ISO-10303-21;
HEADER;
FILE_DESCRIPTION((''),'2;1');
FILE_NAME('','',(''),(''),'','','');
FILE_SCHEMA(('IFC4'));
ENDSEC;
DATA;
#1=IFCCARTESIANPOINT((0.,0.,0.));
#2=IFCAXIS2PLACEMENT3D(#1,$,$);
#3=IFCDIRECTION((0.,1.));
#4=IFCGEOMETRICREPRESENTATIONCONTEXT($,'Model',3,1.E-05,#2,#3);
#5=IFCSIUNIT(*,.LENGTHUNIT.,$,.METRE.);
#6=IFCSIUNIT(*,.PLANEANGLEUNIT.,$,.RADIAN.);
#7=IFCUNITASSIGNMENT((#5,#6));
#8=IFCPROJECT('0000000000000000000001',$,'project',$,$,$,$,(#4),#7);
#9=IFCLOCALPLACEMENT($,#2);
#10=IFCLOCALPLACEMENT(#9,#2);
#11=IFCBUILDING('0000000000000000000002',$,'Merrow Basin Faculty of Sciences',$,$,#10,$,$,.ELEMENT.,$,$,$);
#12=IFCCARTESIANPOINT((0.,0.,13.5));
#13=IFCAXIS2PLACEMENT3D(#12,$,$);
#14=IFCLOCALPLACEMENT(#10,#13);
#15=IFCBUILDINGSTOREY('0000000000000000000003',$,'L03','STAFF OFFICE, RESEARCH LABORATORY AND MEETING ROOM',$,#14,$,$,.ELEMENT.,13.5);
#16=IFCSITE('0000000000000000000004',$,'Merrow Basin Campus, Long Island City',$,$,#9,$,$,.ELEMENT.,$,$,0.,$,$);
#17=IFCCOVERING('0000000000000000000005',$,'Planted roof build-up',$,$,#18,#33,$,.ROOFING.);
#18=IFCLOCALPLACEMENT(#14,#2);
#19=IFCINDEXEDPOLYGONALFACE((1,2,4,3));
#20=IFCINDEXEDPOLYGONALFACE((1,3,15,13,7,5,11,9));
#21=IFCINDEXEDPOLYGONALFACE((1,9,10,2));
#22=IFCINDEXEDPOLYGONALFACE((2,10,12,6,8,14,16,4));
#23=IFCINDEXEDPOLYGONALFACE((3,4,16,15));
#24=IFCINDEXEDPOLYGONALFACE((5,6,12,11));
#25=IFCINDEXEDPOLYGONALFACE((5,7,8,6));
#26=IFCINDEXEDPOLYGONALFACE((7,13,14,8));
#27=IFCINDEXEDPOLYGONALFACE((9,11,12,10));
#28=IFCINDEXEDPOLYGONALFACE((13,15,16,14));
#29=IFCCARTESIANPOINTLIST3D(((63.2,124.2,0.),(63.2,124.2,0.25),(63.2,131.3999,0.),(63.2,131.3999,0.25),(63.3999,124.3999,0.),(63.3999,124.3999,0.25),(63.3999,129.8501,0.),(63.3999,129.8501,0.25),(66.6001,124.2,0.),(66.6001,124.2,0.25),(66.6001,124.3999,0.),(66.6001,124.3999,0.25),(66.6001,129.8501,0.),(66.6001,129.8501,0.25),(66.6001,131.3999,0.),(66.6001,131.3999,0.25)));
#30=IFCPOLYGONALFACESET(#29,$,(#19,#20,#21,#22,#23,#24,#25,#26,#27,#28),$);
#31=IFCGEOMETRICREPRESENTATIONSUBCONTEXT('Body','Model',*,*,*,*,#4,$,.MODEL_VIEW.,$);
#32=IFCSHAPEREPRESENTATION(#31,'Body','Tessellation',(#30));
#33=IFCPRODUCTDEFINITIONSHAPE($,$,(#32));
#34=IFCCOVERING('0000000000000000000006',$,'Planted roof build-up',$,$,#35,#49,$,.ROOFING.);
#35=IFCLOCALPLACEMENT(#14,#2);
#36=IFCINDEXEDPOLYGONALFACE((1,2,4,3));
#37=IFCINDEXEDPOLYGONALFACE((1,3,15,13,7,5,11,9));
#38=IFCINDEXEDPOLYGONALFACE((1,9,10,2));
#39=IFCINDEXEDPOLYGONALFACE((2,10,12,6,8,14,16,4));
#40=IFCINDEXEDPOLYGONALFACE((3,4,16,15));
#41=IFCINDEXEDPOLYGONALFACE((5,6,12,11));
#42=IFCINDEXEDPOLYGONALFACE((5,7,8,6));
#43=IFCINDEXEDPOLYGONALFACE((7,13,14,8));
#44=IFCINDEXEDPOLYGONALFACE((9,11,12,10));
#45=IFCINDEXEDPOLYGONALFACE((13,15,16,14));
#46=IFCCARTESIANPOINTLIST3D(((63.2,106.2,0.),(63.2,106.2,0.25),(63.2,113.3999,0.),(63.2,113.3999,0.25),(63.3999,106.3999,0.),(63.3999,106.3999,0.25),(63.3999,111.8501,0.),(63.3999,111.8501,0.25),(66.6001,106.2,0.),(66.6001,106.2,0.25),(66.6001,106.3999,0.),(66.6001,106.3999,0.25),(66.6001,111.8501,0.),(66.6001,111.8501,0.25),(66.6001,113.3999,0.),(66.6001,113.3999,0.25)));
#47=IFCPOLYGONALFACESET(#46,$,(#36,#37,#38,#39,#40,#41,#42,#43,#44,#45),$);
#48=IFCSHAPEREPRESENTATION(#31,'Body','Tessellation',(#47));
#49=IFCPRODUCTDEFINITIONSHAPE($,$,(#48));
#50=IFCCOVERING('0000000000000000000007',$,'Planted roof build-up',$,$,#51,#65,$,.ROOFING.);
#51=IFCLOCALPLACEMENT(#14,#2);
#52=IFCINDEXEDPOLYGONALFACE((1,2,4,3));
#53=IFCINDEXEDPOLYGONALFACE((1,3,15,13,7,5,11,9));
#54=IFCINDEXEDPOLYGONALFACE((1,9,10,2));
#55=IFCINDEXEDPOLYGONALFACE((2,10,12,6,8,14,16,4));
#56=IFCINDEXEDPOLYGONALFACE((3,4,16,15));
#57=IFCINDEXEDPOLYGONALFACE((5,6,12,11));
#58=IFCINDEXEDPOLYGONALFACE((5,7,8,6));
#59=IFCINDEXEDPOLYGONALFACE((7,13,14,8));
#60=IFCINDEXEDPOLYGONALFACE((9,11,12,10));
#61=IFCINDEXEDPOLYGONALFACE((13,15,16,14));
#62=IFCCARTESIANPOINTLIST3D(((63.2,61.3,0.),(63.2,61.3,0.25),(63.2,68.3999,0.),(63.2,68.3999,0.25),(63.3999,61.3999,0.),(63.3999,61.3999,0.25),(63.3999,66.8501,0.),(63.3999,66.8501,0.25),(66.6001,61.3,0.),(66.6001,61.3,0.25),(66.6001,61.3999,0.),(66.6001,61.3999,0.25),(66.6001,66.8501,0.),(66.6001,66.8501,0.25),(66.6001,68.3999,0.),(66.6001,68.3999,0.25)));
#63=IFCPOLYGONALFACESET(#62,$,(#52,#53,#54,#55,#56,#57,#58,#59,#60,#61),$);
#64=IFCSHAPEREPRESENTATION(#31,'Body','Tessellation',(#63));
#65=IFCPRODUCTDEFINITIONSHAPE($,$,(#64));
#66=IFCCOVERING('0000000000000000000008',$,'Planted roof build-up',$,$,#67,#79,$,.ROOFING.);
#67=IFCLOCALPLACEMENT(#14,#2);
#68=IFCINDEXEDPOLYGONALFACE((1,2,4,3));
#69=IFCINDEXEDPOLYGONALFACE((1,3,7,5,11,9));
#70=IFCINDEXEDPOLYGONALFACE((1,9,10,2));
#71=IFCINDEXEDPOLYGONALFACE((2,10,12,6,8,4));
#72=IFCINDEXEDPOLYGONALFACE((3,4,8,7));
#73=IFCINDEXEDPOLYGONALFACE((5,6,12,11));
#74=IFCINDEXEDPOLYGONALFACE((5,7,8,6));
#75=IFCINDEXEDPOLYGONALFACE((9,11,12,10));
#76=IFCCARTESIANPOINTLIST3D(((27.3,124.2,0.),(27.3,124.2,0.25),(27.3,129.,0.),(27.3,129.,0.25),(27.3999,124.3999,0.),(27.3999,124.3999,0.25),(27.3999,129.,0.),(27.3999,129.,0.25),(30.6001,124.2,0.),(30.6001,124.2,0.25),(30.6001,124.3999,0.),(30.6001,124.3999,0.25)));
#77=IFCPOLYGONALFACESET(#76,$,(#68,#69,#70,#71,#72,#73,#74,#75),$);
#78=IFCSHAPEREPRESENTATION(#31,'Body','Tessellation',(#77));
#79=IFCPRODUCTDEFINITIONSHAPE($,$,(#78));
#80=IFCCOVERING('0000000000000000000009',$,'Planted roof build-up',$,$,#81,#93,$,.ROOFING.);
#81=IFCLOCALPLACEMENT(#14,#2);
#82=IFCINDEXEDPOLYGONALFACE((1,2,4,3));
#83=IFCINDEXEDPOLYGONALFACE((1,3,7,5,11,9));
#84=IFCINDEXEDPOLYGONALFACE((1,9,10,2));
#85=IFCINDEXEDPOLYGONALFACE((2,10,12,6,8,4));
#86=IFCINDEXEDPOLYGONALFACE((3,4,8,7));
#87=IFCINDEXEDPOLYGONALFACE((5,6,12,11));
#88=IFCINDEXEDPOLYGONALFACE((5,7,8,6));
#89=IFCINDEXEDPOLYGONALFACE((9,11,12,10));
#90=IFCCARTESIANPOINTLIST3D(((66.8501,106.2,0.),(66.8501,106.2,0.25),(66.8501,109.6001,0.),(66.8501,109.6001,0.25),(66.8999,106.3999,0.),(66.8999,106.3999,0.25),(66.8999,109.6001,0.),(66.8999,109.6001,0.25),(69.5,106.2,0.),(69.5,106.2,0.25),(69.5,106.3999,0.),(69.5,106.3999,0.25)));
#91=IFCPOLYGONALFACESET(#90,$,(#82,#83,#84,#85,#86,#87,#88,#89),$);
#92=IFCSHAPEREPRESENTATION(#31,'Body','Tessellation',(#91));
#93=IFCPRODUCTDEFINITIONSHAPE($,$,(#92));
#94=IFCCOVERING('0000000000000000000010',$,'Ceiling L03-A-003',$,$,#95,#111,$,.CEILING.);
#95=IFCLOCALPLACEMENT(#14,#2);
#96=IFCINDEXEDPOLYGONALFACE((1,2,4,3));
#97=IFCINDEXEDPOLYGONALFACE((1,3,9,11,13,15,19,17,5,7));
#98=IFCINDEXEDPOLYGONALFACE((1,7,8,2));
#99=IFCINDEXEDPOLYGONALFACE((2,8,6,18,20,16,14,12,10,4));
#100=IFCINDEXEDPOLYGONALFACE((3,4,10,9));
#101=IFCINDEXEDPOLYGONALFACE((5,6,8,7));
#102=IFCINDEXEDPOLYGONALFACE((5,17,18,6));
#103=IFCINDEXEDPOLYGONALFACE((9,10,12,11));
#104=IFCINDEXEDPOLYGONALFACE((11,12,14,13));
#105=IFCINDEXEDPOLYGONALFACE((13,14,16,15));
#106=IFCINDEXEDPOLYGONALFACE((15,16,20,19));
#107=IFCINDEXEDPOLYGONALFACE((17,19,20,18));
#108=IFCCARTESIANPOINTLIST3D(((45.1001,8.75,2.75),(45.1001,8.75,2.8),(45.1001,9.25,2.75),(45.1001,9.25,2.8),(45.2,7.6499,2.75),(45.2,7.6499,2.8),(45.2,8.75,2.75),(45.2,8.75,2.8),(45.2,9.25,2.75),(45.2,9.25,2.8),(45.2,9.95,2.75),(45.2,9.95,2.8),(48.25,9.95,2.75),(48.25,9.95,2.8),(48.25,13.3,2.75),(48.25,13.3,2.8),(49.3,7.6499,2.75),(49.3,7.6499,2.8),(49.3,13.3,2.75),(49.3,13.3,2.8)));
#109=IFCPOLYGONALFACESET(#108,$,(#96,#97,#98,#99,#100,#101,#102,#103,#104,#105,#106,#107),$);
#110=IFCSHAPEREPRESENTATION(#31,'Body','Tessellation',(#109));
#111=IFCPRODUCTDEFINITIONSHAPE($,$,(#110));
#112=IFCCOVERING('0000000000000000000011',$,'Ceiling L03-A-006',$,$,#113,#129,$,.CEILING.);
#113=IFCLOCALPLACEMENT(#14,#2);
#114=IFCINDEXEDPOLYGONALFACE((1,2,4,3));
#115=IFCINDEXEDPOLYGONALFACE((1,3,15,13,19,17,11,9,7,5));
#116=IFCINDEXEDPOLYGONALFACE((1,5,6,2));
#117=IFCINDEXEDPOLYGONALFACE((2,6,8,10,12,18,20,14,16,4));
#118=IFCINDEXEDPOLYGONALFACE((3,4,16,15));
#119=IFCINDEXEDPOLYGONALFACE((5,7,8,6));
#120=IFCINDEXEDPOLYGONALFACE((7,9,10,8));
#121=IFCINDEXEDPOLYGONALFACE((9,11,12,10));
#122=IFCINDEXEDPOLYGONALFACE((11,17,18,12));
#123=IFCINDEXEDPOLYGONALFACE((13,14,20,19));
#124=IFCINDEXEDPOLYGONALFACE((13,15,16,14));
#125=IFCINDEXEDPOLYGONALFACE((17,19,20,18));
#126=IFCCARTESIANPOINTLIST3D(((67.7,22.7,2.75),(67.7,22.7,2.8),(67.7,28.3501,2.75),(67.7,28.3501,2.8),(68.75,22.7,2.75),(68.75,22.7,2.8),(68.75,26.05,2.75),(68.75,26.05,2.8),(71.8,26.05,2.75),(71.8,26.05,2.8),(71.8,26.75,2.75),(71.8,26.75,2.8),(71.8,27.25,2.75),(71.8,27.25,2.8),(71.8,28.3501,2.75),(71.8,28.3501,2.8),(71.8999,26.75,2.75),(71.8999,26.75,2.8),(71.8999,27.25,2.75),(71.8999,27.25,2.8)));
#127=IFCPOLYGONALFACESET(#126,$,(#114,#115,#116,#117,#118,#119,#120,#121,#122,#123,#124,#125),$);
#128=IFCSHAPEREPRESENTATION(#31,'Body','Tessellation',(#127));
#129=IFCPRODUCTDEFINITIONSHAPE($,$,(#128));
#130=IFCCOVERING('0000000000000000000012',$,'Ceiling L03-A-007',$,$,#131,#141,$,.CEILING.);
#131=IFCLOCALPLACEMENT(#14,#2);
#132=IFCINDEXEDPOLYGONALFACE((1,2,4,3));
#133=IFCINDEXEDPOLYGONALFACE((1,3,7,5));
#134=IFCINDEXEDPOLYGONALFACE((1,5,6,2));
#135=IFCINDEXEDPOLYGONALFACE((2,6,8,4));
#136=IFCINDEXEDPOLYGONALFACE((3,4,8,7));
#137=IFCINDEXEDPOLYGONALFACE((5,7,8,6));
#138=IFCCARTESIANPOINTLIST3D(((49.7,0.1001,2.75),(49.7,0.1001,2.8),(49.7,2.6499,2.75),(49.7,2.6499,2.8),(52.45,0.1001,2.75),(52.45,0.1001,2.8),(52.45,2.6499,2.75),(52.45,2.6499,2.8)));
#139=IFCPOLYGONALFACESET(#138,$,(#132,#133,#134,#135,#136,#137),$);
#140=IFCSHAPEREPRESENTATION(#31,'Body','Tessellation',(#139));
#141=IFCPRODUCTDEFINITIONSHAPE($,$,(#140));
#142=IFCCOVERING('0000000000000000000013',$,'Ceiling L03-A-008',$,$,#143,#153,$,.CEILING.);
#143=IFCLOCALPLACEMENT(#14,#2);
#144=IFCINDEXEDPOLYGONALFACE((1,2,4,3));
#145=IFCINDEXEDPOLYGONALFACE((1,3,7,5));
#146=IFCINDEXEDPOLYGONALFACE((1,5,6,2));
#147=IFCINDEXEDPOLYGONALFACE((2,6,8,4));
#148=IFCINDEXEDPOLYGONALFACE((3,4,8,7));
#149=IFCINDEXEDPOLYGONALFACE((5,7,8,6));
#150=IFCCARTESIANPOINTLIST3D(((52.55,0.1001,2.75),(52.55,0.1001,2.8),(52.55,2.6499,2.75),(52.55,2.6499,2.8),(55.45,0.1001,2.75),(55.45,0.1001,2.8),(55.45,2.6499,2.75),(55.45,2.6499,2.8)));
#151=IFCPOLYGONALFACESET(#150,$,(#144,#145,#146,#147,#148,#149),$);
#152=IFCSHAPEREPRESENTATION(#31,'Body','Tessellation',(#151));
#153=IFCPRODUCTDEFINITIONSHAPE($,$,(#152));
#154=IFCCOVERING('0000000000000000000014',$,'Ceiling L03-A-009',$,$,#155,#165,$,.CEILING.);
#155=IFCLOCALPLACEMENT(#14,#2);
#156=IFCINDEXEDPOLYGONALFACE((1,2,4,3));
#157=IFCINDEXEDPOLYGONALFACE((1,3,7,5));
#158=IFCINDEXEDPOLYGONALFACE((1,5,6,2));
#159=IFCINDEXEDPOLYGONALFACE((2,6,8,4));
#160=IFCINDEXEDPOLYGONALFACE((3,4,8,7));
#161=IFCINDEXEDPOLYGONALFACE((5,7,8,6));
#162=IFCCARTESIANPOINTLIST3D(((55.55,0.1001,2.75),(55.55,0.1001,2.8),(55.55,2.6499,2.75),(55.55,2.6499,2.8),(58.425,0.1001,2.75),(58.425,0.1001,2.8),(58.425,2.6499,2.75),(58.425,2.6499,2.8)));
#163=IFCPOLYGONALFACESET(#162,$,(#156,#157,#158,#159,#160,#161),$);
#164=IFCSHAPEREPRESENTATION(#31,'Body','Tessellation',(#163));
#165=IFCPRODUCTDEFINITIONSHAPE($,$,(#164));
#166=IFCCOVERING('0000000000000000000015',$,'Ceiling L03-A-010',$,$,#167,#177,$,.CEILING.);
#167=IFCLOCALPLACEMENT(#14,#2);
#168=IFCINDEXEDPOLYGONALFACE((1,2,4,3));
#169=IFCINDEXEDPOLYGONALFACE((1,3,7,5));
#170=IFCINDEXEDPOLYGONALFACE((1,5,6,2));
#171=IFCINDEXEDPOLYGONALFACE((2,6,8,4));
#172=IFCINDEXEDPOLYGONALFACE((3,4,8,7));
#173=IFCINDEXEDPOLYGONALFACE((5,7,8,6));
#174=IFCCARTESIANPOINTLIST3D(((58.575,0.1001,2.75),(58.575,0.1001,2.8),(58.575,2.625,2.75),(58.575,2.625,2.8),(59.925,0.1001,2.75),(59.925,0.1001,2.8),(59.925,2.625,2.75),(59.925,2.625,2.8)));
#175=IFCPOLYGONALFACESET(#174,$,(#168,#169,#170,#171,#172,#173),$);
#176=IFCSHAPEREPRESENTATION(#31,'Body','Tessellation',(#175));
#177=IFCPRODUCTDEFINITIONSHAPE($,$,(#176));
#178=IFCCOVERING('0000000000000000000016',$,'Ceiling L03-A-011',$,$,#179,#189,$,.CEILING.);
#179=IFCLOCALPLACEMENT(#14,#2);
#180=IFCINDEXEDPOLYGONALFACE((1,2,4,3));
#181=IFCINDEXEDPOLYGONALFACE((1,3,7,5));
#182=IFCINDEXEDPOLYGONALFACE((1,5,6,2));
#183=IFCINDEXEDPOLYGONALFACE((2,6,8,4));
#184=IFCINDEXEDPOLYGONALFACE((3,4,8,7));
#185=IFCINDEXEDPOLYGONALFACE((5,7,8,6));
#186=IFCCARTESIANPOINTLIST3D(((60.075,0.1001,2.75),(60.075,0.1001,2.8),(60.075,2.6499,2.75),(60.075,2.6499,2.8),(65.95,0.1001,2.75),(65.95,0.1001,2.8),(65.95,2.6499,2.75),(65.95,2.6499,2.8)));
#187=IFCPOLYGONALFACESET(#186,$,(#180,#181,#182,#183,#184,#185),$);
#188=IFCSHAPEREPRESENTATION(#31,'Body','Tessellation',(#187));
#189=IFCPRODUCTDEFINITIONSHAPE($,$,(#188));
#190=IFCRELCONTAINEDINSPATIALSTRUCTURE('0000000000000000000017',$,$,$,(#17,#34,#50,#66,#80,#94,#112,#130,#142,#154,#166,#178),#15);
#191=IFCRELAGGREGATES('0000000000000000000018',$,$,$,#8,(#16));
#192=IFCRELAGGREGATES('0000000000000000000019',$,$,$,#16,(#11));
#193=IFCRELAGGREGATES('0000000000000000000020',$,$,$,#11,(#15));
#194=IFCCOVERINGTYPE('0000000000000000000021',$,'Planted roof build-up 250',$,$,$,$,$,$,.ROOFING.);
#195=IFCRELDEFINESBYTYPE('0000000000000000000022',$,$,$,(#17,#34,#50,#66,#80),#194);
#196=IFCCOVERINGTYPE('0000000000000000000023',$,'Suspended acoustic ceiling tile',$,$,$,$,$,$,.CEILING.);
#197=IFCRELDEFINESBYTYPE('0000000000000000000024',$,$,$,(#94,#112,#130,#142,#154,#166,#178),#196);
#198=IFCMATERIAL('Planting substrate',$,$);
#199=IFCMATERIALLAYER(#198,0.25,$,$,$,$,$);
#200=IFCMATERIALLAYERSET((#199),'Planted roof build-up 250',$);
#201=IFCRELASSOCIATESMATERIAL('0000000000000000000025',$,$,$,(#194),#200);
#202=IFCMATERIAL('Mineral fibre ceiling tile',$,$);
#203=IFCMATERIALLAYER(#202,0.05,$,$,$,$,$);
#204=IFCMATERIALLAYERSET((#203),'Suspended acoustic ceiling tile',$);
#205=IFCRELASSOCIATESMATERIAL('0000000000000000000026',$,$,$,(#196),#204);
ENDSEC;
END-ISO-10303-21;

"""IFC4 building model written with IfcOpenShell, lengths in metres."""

from ifc_helpers import new_model, si_unit, direction, frame, origin, place, context, subcontext, project, spatial, polyline, outline, extrude, material, layer, layer_set, type_object, element, save


model = new_model("IFC4")

# Units and contexts
model_context = context("Model", 3, precision=1e-05, world=origin(), true_north=direction((0.0, 1.0)))
body_context = subcontext(model_context, "Body", "Model", "MODEL_VIEW")
ifc_project = project(units=[si_unit("LENGTHUNIT", "METRE"), si_unit("PLANEANGLEUNIT", "RADIAN")], contexts=[model_context])

# Site, building, storey
site_placement = place(None, origin())
site = spatial("IfcSite", under=ifc_project, at=site_placement, Name="Merrow Basin Campus, Long Island City", CompositionType="ELEMENT", RefElevation=0.0)
building_placement = place(site_placement, origin())
building = spatial("IfcBuilding", under=site, at=building_placement, Name="Merrow Basin Faculty of Sciences", CompositionType="ELEMENT")
storey_placement = place(building_placement, frame((0.0, 0.0, 13.5)))
storey = spatial("IfcBuildingStorey", under=building, at=storey_placement, Name="L03", Description="STAFF OFFICE, RESEARCH LABORATORY AND MEETING ROOM", CompositionType="ELEMENT", Elevation=13.5)

# Coverings
ifc_material_1 = material(Name="Planting substrate")
ifc_layer_1 = layer(ifc_material_1, 0.25)
ifc_layer_set_1 = layer_set([ifc_layer_1], Name="Planted roof build-up 250")
covering_type_1 = type_object("IfcCoveringType", Name="Planted roof build-up 250", PredefinedType="ROOFING", material=ifc_layer_set_1)
covering_1_placement = place(storey_placement, origin())
element("IfcCovering", 1, at=covering_1_placement, inside=storey, type_object=covering_type_1, Name="Planted roof build-up", PredefinedType="ROOFING", context=body_context, shape_type="SweptSolid", body=[
    extrude(outline(polyline([(63.2, 131.3999), (66.6001, 131.3999), (66.6001, 129.8501), (63.3999, 129.8501), (63.3999, 124.3999), (66.6001, 124.3999), (66.6001, 124.2), (63.2, 124.2), (63.2, 131.3999)])), origin(), (0.0, 0.0, 1.0), 0.25),
])
covering_2_placement = place(storey_placement, origin())
element("IfcCovering", 2, at=covering_2_placement, inside=storey, type_object=covering_type_1, Name="Planted roof build-up", PredefinedType="ROOFING", context=body_context, shape_type="SweptSolid", body=[
    extrude(outline(polyline([(66.6001, 106.3999), (66.6001, 106.2), (63.2, 106.2), (63.2, 113.3999), (66.6001, 113.3999), (66.6001, 111.8501), (63.3999, 111.8501), (63.3999, 106.3999), (66.6001, 106.3999)])), origin(), (0.0, 0.0, 1.0), 0.25),
])
covering_3_placement = place(storey_placement, origin())
element("IfcCovering", 3, at=covering_3_placement, inside=storey, type_object=covering_type_1, Name="Planted roof build-up", PredefinedType="ROOFING", context=body_context, shape_type="SweptSolid", body=[
    extrude(outline(polyline([(63.2, 68.3999), (66.6001, 68.3999), (66.6001, 66.8501), (63.3999, 66.8501), (63.3999, 61.3999), (66.6001, 61.3999), (66.6001, 61.3), (63.2, 61.3), (63.2, 68.3999)])), origin(), (0.0, 0.0, 1.0), 0.25),
])
covering_4_placement = place(storey_placement, origin())
element("IfcCovering", 4, at=covering_4_placement, inside=storey, type_object=covering_type_1, Name="Planted roof build-up", PredefinedType="ROOFING", context=body_context, shape_type="SweptSolid", body=[
    extrude(outline(polyline([(30.6001, 124.2), (27.3, 124.2), (27.3, 129.0), (27.3999, 129.0), (27.3999, 124.3999), (30.6001, 124.3999), (30.6001, 124.2)])), origin(), (0.0, 0.0, 1.0), 0.25),
])
covering_5_placement = place(storey_placement, origin())
element("IfcCovering", 5, at=covering_5_placement, inside=storey, type_object=covering_type_1, Name="Planted roof build-up", PredefinedType="ROOFING", context=body_context, shape_type="SweptSolid", body=[
    extrude(outline(polyline([(66.8999, 106.3999), (69.5, 106.3999), (69.5, 106.2), (66.8501, 106.2), (66.8501, 109.6001), (66.8999, 109.6001), (66.8999, 106.3999)])), origin(), (0.0, 0.0, 1.0), 0.25),
])
ifc_material_2 = material(Name="Mineral fibre ceiling tile")
ifc_layer_2 = layer(ifc_material_2, 0.05)
ifc_layer_set_2 = layer_set([ifc_layer_2], Name="Suspended acoustic ceiling tile")
covering_type_2 = type_object("IfcCoveringType", Name="Suspended acoustic ceiling tile", PredefinedType="CEILING", material=ifc_layer_set_2)
covering_6_placement = place(storey_placement, frame((0.0, 0.0, 2.75)))
element("IfcCovering", 6, at=covering_6_placement, inside=storey, type_object=covering_type_2, Name="Ceiling L03-A-003", PredefinedType="CEILING", context=body_context, shape_type="SweptSolid", body=[
    extrude(outline(polyline([(45.1001, 9.25), (45.2, 9.25), (45.2, 9.95), (48.25, 9.95), (48.25, 13.3), (49.3, 13.3), (49.3, 7.6499), (45.2, 7.6499), (45.2, 8.75), (45.1001, 8.75), (45.1001, 9.25)])), origin(), (0.0, 0.0, 1.0), 0.05),
])
covering_7_placement = place(storey_placement, frame((0.0, 0.0, 2.75)))
element("IfcCovering", 7, at=covering_7_placement, inside=storey, type_object=covering_type_2, Name="Ceiling L03-A-006", PredefinedType="CEILING", context=body_context, shape_type="SweptSolid", body=[
    extrude(outline(polyline([(71.8999, 26.75), (71.8, 26.75), (71.8, 26.05), (68.75, 26.05), (68.75, 22.7), (67.7, 22.7), (67.7, 28.3501), (71.8, 28.3501), (71.8, 27.25), (71.8999, 27.25), (71.8999, 26.75)])), origin(), (0.0, 0.0, 1.0), 0.05),
])
covering_8_placement = place(storey_placement, frame((0.0, 0.0, 2.75)))
element("IfcCovering", 8, at=covering_8_placement, inside=storey, type_object=covering_type_2, Name="Ceiling L03-A-007", PredefinedType="CEILING", context=body_context, shape_type="SweptSolid", body=[
    extrude(outline(polyline([(49.7, 0.1001), (49.7, 2.6499), (52.45, 2.6499), (52.45, 0.1001), (49.7, 0.1001)])), origin(), (0.0, 0.0, 1.0), 0.05),
])
covering_9_placement = place(storey_placement, frame((0.0, 0.0, 2.75)))
element("IfcCovering", 9, at=covering_9_placement, inside=storey, type_object=covering_type_2, Name="Ceiling L03-A-008", PredefinedType="CEILING", context=body_context, shape_type="SweptSolid", body=[
    extrude(outline(polyline([(52.55, 0.1001), (52.55, 2.6499), (55.45, 2.6499), (55.45, 0.1001), (52.55, 0.1001)])), origin(), (0.0, 0.0, 1.0), 0.05),
])
covering_10_placement = place(storey_placement, frame((0.0, 0.0, 2.75)))
element("IfcCovering", 10, at=covering_10_placement, inside=storey, type_object=covering_type_2, Name="Ceiling L03-A-009", PredefinedType="CEILING", context=body_context, shape_type="SweptSolid", body=[
    extrude(outline(polyline([(55.55, 0.1001), (55.55, 2.6499), (58.425, 2.6499), (58.425, 0.1001), (55.55, 0.1001)])), origin(), (0.0, 0.0, 1.0), 0.05),
])
covering_11_placement = place(storey_placement, frame((0.0, 0.0, 2.75)))
element("IfcCovering", 11, at=covering_11_placement, inside=storey, type_object=covering_type_2, Name="Ceiling L03-A-010", PredefinedType="CEILING", context=body_context, shape_type="SweptSolid", body=[
    extrude(outline(polyline([(58.575, 0.1001), (58.575, 2.625), (59.925, 2.625), (59.925, 0.1001), (58.575, 0.1001)])), origin(), (0.0, 0.0, 1.0), 0.05),
])
covering_12_placement = place(storey_placement, frame((0.0, 0.0, 2.75)))
element("IfcCovering", 12, at=covering_12_placement, inside=storey, type_object=covering_type_2, Name="Ceiling L03-A-011", PredefinedType="CEILING", context=body_context, shape_type="SweptSolid", body=[
    extrude(outline(polyline([(60.075, 0.1001), (60.075, 2.6499), (65.95, 2.6499), (65.95, 0.1001), (60.075, 0.1001)])), origin(), (0.0, 0.0, 1.0), 0.05),
])

save(model, "model.ifc")
